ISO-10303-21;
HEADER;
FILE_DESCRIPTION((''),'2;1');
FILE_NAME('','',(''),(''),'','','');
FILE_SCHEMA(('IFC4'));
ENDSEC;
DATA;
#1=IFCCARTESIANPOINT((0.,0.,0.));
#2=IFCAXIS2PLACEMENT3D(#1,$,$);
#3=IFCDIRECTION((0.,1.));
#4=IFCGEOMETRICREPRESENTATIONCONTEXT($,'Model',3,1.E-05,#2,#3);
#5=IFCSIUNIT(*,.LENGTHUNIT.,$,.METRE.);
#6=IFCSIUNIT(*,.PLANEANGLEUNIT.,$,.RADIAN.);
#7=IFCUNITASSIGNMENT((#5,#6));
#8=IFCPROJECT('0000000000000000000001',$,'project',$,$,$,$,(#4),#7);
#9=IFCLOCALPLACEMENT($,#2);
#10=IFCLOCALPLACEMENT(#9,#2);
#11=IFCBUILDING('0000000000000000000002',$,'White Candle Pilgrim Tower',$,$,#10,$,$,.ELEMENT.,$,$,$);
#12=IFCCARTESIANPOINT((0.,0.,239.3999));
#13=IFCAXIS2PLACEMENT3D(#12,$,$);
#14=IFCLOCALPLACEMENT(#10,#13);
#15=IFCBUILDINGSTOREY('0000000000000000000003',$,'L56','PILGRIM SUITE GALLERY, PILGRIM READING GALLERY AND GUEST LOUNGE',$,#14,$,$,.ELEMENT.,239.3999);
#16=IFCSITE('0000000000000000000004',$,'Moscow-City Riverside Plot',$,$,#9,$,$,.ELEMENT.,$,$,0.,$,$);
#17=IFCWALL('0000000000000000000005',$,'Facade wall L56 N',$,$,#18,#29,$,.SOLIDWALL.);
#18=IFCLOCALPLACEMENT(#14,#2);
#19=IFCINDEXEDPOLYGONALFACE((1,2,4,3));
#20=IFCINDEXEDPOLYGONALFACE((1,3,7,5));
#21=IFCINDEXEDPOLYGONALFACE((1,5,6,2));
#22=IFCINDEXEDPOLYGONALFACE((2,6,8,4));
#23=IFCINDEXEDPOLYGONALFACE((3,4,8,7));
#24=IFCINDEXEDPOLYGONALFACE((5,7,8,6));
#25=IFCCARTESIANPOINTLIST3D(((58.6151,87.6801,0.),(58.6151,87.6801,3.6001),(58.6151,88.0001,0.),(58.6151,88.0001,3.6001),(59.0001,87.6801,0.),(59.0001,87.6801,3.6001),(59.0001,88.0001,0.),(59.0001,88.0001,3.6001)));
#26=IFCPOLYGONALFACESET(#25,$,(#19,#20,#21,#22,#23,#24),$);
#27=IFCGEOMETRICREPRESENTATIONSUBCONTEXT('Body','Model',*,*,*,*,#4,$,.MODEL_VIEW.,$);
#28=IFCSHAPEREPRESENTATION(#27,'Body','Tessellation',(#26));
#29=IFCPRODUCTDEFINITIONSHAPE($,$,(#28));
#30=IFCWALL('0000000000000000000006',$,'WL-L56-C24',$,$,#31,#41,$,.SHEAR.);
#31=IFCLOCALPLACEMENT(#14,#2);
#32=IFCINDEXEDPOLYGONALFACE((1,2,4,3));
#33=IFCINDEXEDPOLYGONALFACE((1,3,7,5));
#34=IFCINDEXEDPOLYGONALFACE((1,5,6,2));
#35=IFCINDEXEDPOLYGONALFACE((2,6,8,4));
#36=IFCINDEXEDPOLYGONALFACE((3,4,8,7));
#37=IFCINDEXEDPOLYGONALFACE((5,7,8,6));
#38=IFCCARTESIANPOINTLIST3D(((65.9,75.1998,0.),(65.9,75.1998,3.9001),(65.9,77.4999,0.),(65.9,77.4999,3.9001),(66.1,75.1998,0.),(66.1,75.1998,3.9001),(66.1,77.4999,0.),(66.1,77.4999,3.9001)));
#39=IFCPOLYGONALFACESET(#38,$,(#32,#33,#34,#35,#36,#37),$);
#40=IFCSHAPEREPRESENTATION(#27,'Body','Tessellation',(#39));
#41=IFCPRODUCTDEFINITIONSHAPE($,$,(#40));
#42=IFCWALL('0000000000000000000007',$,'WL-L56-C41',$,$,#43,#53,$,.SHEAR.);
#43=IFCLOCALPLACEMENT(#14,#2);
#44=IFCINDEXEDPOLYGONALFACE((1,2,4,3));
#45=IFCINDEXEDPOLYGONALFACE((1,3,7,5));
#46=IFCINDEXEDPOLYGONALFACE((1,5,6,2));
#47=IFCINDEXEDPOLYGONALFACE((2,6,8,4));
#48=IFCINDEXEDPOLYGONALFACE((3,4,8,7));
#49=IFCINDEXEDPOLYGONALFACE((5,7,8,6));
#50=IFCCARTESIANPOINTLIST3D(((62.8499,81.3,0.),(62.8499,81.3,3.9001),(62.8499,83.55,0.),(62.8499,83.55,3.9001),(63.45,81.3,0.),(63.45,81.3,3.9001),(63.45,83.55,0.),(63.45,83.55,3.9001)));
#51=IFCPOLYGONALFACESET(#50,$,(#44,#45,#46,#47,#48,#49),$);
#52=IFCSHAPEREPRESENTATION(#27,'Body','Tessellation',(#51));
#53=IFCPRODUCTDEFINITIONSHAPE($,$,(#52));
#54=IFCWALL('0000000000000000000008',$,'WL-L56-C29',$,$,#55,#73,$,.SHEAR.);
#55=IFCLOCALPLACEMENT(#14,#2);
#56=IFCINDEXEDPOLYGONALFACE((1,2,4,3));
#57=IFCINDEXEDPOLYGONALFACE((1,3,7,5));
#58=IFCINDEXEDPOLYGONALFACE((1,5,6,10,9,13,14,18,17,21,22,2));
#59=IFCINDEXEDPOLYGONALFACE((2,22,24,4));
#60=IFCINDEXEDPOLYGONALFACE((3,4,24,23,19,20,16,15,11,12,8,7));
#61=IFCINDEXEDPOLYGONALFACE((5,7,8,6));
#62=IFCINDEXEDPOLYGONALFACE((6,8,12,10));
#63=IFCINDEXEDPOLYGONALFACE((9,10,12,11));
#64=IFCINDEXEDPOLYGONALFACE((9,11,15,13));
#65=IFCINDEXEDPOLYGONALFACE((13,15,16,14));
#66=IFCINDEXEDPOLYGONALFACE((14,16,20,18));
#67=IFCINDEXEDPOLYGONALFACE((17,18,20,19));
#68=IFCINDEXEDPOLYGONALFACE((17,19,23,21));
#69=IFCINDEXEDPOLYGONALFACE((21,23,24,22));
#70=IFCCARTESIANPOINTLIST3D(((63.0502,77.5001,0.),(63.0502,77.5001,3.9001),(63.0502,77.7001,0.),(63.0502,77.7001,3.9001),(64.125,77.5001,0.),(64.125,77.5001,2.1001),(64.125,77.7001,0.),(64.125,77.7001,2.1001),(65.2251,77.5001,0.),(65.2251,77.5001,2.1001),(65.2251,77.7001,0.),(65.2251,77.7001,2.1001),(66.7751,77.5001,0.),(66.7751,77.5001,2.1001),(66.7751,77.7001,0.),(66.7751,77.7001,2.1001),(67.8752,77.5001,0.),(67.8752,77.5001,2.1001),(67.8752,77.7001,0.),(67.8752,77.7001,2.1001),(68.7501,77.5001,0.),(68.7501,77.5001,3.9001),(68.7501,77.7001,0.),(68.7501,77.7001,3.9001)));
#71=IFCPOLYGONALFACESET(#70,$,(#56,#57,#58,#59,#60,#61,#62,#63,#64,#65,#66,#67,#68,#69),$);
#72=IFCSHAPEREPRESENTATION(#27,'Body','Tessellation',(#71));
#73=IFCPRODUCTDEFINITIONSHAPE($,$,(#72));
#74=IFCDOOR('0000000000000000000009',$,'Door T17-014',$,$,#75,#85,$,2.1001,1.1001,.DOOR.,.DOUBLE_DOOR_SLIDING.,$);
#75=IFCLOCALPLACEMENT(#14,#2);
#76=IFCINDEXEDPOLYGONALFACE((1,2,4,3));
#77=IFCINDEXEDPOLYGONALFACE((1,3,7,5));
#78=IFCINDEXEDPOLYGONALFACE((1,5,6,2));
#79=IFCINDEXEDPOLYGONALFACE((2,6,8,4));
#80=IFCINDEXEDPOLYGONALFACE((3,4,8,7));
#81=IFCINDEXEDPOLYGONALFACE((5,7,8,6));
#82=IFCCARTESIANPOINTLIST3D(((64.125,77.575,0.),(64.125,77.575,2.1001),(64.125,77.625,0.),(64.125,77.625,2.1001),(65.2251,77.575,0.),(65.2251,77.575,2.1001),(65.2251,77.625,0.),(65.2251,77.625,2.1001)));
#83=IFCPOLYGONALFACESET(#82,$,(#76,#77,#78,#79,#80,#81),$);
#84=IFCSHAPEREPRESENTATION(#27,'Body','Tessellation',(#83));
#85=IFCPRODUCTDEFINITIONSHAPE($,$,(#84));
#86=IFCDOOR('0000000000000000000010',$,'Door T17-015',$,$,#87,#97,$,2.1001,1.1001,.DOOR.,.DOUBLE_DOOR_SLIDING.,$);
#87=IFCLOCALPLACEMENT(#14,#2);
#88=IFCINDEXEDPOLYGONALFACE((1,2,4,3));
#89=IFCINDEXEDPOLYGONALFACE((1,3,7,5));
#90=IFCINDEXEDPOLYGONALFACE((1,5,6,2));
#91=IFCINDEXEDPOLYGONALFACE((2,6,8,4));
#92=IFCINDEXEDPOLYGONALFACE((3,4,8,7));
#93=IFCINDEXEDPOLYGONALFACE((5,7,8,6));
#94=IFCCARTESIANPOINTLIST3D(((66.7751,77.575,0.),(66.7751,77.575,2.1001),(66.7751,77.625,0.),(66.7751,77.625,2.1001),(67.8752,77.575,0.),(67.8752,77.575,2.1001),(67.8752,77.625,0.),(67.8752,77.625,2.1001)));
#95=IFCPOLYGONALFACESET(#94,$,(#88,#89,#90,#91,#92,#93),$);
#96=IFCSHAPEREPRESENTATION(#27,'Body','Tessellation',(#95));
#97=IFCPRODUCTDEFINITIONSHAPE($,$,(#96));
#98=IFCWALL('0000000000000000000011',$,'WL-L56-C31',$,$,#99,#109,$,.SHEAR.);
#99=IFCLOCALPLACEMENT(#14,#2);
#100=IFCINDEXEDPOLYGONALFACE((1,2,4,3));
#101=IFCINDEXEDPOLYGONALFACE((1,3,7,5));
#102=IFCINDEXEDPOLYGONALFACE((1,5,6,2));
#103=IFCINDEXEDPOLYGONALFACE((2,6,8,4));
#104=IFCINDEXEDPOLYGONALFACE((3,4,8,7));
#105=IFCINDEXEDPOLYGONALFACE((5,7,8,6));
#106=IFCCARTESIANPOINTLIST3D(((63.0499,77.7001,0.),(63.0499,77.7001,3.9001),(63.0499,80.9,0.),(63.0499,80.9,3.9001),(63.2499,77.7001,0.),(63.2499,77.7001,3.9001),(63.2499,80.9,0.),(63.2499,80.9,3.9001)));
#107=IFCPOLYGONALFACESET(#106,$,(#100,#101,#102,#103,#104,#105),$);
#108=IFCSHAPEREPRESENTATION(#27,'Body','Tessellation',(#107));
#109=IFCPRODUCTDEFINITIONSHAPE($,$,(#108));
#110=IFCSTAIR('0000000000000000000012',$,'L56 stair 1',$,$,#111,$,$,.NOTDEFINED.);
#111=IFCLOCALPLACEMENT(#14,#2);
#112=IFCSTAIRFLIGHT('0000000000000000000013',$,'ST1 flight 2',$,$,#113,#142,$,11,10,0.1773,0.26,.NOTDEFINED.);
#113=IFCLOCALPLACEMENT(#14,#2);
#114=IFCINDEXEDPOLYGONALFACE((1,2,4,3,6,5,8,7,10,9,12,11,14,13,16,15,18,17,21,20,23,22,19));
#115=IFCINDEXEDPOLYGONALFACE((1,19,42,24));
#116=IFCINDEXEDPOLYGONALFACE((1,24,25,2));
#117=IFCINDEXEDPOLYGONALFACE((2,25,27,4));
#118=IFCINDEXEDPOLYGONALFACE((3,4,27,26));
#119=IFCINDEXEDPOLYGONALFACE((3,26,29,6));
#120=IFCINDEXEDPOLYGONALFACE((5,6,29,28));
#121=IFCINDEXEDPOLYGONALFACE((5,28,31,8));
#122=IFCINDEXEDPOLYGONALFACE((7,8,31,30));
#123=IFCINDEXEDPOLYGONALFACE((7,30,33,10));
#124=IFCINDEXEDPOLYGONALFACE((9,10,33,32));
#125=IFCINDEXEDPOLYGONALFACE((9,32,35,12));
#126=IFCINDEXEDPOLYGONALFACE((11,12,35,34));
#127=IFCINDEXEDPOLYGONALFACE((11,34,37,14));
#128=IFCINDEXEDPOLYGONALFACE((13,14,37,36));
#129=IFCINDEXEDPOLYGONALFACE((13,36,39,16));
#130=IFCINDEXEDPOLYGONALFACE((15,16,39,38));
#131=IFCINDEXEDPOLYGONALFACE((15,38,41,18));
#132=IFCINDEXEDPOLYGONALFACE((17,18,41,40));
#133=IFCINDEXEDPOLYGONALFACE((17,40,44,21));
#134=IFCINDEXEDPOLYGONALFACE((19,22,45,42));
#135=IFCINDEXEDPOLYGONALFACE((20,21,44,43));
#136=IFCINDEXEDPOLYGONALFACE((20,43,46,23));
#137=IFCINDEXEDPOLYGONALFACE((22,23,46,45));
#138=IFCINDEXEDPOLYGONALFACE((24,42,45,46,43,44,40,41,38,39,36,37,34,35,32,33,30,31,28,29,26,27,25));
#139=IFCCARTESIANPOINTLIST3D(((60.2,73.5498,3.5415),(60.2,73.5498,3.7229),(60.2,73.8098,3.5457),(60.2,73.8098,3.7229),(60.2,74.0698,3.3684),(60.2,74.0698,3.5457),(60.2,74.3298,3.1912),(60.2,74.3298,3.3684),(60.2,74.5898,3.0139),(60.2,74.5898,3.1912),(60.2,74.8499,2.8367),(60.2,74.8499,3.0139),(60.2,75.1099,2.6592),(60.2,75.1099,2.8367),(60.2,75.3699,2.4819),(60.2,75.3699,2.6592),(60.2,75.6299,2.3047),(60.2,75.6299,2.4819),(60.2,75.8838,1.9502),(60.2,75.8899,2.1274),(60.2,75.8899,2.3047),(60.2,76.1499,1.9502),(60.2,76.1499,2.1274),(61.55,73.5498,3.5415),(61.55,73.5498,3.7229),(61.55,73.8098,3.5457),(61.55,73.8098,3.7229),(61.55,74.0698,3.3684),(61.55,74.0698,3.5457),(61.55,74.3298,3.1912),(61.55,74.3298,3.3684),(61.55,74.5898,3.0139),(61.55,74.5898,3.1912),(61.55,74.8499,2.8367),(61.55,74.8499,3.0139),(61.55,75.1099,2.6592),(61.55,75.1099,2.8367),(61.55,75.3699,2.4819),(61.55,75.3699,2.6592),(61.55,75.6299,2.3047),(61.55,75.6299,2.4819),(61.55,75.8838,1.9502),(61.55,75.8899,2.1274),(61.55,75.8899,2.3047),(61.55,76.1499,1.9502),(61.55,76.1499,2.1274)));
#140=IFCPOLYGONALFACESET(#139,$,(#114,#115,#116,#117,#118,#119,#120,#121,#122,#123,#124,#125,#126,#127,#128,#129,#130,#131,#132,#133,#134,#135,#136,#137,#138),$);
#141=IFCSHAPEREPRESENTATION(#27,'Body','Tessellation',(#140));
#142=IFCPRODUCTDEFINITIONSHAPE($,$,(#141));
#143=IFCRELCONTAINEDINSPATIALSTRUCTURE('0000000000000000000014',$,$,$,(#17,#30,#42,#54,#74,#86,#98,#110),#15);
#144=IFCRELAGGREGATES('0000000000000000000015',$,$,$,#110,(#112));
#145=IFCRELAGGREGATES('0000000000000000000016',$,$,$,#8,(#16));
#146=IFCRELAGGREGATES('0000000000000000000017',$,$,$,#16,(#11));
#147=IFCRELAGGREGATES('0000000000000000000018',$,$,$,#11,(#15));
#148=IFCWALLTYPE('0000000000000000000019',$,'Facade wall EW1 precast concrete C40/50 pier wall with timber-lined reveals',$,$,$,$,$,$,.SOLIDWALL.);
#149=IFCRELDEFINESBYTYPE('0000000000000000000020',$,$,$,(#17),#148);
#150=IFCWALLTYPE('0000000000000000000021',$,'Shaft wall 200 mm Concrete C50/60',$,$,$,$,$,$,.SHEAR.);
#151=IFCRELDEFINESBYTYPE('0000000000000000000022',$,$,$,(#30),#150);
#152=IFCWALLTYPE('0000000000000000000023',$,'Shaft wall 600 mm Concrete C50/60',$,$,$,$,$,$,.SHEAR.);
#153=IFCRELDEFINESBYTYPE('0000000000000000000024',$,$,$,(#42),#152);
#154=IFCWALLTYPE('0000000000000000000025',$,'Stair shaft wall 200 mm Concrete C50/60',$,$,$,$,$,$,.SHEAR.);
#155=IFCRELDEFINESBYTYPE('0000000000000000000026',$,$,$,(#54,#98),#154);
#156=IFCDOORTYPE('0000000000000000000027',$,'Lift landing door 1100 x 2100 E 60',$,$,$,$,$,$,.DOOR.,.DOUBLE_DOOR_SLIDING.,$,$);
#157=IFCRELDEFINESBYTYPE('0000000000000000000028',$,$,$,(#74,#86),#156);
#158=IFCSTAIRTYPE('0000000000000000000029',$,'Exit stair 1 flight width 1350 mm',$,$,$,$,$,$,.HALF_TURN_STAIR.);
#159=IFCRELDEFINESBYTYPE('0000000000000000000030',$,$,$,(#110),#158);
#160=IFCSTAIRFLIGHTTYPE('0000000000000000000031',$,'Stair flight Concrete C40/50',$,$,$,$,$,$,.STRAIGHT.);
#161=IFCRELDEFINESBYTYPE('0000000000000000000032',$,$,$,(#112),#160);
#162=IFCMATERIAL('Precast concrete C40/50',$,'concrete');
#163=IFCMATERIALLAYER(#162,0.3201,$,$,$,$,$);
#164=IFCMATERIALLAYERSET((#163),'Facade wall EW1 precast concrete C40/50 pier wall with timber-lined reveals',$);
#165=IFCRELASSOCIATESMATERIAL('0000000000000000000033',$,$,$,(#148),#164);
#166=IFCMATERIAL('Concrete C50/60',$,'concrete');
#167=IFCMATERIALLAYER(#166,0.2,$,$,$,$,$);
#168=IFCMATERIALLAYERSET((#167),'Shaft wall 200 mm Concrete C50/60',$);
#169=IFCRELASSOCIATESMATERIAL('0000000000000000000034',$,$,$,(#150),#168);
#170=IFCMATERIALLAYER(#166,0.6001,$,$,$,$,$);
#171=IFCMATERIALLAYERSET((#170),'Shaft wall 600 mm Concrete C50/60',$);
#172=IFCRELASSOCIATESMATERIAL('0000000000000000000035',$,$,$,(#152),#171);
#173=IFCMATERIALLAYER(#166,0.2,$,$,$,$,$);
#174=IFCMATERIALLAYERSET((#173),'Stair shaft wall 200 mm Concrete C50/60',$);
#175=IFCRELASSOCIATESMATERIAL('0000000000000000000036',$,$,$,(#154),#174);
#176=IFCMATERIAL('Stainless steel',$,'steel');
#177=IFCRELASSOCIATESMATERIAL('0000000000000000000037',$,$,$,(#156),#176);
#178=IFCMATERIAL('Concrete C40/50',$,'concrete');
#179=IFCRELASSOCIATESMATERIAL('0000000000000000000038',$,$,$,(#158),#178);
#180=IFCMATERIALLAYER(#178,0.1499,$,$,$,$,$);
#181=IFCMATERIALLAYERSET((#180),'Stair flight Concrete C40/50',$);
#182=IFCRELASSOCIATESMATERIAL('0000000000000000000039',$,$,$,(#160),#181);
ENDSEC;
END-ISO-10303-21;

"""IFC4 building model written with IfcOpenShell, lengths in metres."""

from ifc_helpers import new_model, si_unit, direction, frame, frame_2d, origin, place, context, subcontext, project, spatial, polyline, rectangle, outline, extrude, material, layer, layer_set, type_object, element, fill, aggregate, save


model = new_model("IFC4")

# Units and contexts
model_context = context("Model", 3, precision=1e-05, world=origin(), true_north=direction((0.0, 1.0)))
body_context = subcontext(model_context, "Body", "Model", "MODEL_VIEW")
ifc_project = project(units=[si_unit("LENGTHUNIT", "METRE"), si_unit("PLANEANGLEUNIT", "RADIAN")], contexts=[model_context])

# Site, building, storey
site_placement = place(None, origin())
site = spatial("IfcSite", under=ifc_project, at=site_placement, Name="Moscow-City Riverside Plot", CompositionType="ELEMENT", RefElevation=0.0)
building_placement = place(site_placement, origin())
building = spatial("IfcBuilding", under=site, at=building_placement, Name="White Candle Pilgrim Tower", CompositionType="ELEMENT")
storey_placement = place(building_placement, frame((0.0, 0.0, 239.3999)))
storey = spatial("IfcBuildingStorey", under=building, at=storey_placement, Name="L56", Description="PILGRIM SUITE GALLERY, PILGRIM READING GALLERY AND GUEST LOUNGE", CompositionType="ELEMENT", Elevation=239.3999)

# Shared definitions
ifc_material_1 = material(Name="Concrete C50/60", Category="concrete")

# Shared definitions
ifc_material_2 = material(Name="Stainless steel", Category="steel")

# Walls
ifc_material_3 = material(Name="Precast concrete C40/50", Category="concrete")
ifc_layer_1 = layer(ifc_material_3, 0.3201)
ifc_layer_set_1 = layer_set([ifc_layer_1], Name="Facade wall EW1 precast concrete C40/50 pier wall with timber-lined reveals")
wall_type_1 = type_object("IfcWallType", Name="Facade wall EW1 precast concrete C40/50 pier wall with timber-lined reveals", PredefinedType="SOLIDWALL", material=ifc_layer_set_1)
wall_1_placement = place(storey_placement, frame((59.0, 87.8401, 0.0), z_axis=(0.0, 0.0, 1.0), x_axis=(-1.0, 0.0, 0.0)))
element("IfcWall", 1, at=wall_1_placement, inside=storey, type_object=wall_type_1, Name="Facade wall L56 N", PredefinedType="SOLIDWALL", context=body_context, shape_type="SweptSolid", body=[
    extrude(rectangle(XDim=0.385, YDim=0.3201, at=frame_2d((0.1924, 0.0))), origin(), (0.0, 0.0, 1.0), 3.6001),
])
ifc_layer_2 = layer(ifc_material_1, 0.2)
ifc_layer_set_2 = layer_set([ifc_layer_2], Name="Shaft wall 200 mm Concrete C50/60")
wall_type_2 = type_object("IfcWallType", Name="Shaft wall 200 mm Concrete C50/60", PredefinedType="SHEAR", material=ifc_layer_set_2)
wall_2_placement = place(storey_placement, frame((66.0, 75.2, 0.0), z_axis=(0.0, 0.0, 1.0), x_axis=(0.0, 1.0, 0.0)))
element("IfcWall", 2, at=wall_2_placement, inside=storey, type_object=wall_type_2, Name="WL-L56-C24", PredefinedType="SHEAR", context=body_context, shape_type="SweptSolid", body=[
    extrude(rectangle(XDim=2.3, YDim=0.2, at=frame_2d((1.1499, 0.0))), origin(), (0.0, 0.0, 1.0), 3.9001),
])
ifc_layer_3 = layer(ifc_material_1, 0.6001)
ifc_layer_set_3 = layer_set([ifc_layer_3], Name="Shaft wall 600 mm Concrete C50/60")
wall_type_3 = type_object("IfcWallType", Name="Shaft wall 600 mm Concrete C50/60", PredefinedType="SHEAR", material=ifc_layer_set_3)
wall_3_placement = place(storey_placement, frame((63.1499, 81.3, 0.0), z_axis=(0.0, 0.0, 1.0), x_axis=(0.0, 1.0, 0.0)))
element("IfcWall", 3, at=wall_3_placement, inside=storey, type_object=wall_type_3, Name="WL-L56-C41", PredefinedType="SHEAR", context=body_context, shape_type="SweptSolid", body=[
    extrude(rectangle(XDim=2.25, YDim=0.6001, at=frame_2d((1.125, 0.0))), origin(), (0.0, 0.0, 1.0), 3.9001),
])

# Wall, openings, doors
ifc_layer_4 = layer(ifc_material_1, 0.2)
ifc_layer_set_4 = layer_set([ifc_layer_4], Name="Stair shaft wall 200 mm Concrete C50/60")
wall_type_4 = type_object("IfcWallType", Name="Stair shaft wall 200 mm Concrete C50/60", PredefinedType="SHEAR", material=ifc_layer_set_4)
wall_4_placement = place(storey_placement, frame((63.05, 77.6001, 0.0), z_axis=(0.0, 0.0, 1.0), x_axis=(1.0, 0.0, 0.0)))
wall_4 = element("IfcWall", 4, at=wall_4_placement, inside=storey, type_object=wall_type_4, Name="WL-L56-C29", PredefinedType="SHEAR", context=body_context, shape_type="SweptSolid", body=[
    extrude(rectangle(XDim=5.7, YDim=0.2, at=frame_2d((2.8501, 0.0))), origin(), (0.0, 0.0, 1.0), 3.9001),
])
opening_1_placement = place(wall_4_placement, frame((1.075, 0.0, 0.0)))
opening_1 = element("IfcOpeningElement", 5, at=opening_1_placement, cuts=wall_4, PredefinedType="OPENING", context=body_context, shape_type="SweptSolid", body=[
    extrude(rectangle(XDim=1.1001, YDim=2.1001, at=frame_2d((0.55, 1.05))), frame((0.0, 0.1099, 0.0), z_axis=(0.0, -1.0, 0.0), x_axis=(1.0, 0.0, 0.0)), (0.0, 0.0, 1.0), 0.22),
])
opening_2_placement = place(wall_4_placement, frame((3.7251, 0.0, 0.0)))
opening_2 = element("IfcOpeningElement", 6, at=opening_2_placement, cuts=wall_4, PredefinedType="OPENING", context=body_context, shape_type="SweptSolid", body=[
    extrude(rectangle(XDim=1.1001, YDim=2.1001, at=frame_2d((0.55, 1.05))), frame((0.0, 0.1099, 0.0), z_axis=(0.0, -1.0, 0.0), x_axis=(1.0, 0.0, 0.0)), (0.0, 0.0, 1.0), 0.22),
])
door_type_1 = type_object("IfcDoorType", Name="Lift landing door 1100 x 2100 E 60", OperationType="DOUBLE_DOOR_SLIDING", PredefinedType="DOOR", material=ifc_material_2)
door_1_placement = place(opening_1_placement, origin())
door_1 = element("IfcDoor", 7, at=door_1_placement, inside=storey, type_object=door_type_1, Name="Door T17-014", OperationType="DOUBLE_DOOR_SLIDING", OverallHeight=2.1001, OverallWidth=1.1001, PredefinedType="DOOR", context=body_context, shape_type="SweptSolid", body=[
    extrude(rectangle(XDim=1.1001, YDim=2.1001, at=frame_2d((0.55, 1.05))), frame((0.0, 0.0249, 0.0), z_axis=(0.0, -1.0, 0.0), x_axis=(1.0, 0.0, 0.0)), (0.0, 0.0, 1.0), 0.05),
])
fill(opening_1, door_1)
door_2_placement = place(opening_2_placement, origin())
door_2 = element("IfcDoor", 8, at=door_2_placement, inside=storey, type_object=door_type_1, Name="Door T17-015", OperationType="DOUBLE_DOOR_SLIDING", OverallHeight=2.1001, OverallWidth=1.1001, PredefinedType="DOOR", context=body_context, shape_type="SweptSolid", body=[
    extrude(rectangle(XDim=1.1001, YDim=2.1001, at=frame_2d((0.55, 1.05))), frame((0.0, 0.0249, 0.0), z_axis=(0.0, -1.0, 0.0), x_axis=(1.0, 0.0, 0.0)), (0.0, 0.0, 1.0), 0.05),
])
fill(opening_2, door_2)

# Wall
wall_5_placement = place(storey_placement, frame((63.1499, 77.7, 0.0), z_axis=(0.0, 0.0, 1.0), x_axis=(0.0, 1.0, 0.0)))
element("IfcWall", 9, at=wall_5_placement, inside=storey, type_object=wall_type_4, Name="WL-L56-C31", PredefinedType="SHEAR", context=body_context, shape_type="SweptSolid", body=[
    extrude(rectangle(XDim=3.2, YDim=0.2, at=frame_2d((1.6001, 0.0))), origin(), (0.0, 0.0, 1.0), 3.9001),
])

# Stair, stair flight
ifc_material_4 = material(Name="Concrete C40/50", Category="concrete")
stair_type = type_object("IfcStairType", Name="Exit stair 1 flight width 1350 mm", PredefinedType="HALF_TURN_STAIR", material=ifc_material_4)
stair_placement = place(storey_placement, origin())
stair = element("IfcStair", 10, at=stair_placement, inside=storey, type_object=stair_type, Name="L56 stair 1", PredefinedType="NOTDEFINED")
ifc_layer_5 = layer(ifc_material_4, 0.1499)
ifc_layer_set_5 = layer_set([ifc_layer_5], Name="Stair flight Concrete C40/50")
stair_flight_type = type_object("IfcStairFlightType", Name="Stair flight Concrete C40/50", PredefinedType="STRAIGHT", material=ifc_layer_set_5)
stair_flight_placement = place(storey_placement, frame((60.875, 76.1499, 1.9502), z_axis=(0.0, 0.0, 1.0), x_axis=(0.0, -1.0, 0.0)))
stair_flight = element("IfcStairFlight", 11, at=stair_flight_placement, type_object=stair_flight_type, Name="ST1 flight 2", NumberOfRisers=11, NumberOfTreads=10, PredefinedType="NOTDEFINED", RiserHeight=0.1773, TreadLength=0.26, context=body_context, shape_type="SweptSolid", body=[
    extrude(outline(polyline([(0.0, 0.0), (0.0, 0.1772), (0.26, 0.1772), (0.26, 0.3545), (0.52, 0.3545), (0.52, 0.5317), (0.78, 0.5317), (0.78, 0.709), (1.04, 0.709), (1.04, 0.8865), (1.3, 0.8865), (1.3, 1.0637), (1.5601, 1.0637), (1.5601, 1.241), (1.8201, 1.241), (1.8201, 1.4182), (2.0801, 1.4182), (2.0801, 1.5955), (2.3401, 1.5955), (2.3401, 1.7727), (2.6001, 1.7727), (2.6001, 1.95), (2.6001, 1.5913), (0.2661, 0.0), (0.0, 0.0)])), frame((0.0, 0.675, 0.0), z_axis=(0.0, -1.0, 0.0), x_axis=(1.0, 0.0, 0.0)), (0.0, 0.0, 1.0), 1.3501),
])
aggregate(stair, [stair_flight])

save(model, "model.ifc")
